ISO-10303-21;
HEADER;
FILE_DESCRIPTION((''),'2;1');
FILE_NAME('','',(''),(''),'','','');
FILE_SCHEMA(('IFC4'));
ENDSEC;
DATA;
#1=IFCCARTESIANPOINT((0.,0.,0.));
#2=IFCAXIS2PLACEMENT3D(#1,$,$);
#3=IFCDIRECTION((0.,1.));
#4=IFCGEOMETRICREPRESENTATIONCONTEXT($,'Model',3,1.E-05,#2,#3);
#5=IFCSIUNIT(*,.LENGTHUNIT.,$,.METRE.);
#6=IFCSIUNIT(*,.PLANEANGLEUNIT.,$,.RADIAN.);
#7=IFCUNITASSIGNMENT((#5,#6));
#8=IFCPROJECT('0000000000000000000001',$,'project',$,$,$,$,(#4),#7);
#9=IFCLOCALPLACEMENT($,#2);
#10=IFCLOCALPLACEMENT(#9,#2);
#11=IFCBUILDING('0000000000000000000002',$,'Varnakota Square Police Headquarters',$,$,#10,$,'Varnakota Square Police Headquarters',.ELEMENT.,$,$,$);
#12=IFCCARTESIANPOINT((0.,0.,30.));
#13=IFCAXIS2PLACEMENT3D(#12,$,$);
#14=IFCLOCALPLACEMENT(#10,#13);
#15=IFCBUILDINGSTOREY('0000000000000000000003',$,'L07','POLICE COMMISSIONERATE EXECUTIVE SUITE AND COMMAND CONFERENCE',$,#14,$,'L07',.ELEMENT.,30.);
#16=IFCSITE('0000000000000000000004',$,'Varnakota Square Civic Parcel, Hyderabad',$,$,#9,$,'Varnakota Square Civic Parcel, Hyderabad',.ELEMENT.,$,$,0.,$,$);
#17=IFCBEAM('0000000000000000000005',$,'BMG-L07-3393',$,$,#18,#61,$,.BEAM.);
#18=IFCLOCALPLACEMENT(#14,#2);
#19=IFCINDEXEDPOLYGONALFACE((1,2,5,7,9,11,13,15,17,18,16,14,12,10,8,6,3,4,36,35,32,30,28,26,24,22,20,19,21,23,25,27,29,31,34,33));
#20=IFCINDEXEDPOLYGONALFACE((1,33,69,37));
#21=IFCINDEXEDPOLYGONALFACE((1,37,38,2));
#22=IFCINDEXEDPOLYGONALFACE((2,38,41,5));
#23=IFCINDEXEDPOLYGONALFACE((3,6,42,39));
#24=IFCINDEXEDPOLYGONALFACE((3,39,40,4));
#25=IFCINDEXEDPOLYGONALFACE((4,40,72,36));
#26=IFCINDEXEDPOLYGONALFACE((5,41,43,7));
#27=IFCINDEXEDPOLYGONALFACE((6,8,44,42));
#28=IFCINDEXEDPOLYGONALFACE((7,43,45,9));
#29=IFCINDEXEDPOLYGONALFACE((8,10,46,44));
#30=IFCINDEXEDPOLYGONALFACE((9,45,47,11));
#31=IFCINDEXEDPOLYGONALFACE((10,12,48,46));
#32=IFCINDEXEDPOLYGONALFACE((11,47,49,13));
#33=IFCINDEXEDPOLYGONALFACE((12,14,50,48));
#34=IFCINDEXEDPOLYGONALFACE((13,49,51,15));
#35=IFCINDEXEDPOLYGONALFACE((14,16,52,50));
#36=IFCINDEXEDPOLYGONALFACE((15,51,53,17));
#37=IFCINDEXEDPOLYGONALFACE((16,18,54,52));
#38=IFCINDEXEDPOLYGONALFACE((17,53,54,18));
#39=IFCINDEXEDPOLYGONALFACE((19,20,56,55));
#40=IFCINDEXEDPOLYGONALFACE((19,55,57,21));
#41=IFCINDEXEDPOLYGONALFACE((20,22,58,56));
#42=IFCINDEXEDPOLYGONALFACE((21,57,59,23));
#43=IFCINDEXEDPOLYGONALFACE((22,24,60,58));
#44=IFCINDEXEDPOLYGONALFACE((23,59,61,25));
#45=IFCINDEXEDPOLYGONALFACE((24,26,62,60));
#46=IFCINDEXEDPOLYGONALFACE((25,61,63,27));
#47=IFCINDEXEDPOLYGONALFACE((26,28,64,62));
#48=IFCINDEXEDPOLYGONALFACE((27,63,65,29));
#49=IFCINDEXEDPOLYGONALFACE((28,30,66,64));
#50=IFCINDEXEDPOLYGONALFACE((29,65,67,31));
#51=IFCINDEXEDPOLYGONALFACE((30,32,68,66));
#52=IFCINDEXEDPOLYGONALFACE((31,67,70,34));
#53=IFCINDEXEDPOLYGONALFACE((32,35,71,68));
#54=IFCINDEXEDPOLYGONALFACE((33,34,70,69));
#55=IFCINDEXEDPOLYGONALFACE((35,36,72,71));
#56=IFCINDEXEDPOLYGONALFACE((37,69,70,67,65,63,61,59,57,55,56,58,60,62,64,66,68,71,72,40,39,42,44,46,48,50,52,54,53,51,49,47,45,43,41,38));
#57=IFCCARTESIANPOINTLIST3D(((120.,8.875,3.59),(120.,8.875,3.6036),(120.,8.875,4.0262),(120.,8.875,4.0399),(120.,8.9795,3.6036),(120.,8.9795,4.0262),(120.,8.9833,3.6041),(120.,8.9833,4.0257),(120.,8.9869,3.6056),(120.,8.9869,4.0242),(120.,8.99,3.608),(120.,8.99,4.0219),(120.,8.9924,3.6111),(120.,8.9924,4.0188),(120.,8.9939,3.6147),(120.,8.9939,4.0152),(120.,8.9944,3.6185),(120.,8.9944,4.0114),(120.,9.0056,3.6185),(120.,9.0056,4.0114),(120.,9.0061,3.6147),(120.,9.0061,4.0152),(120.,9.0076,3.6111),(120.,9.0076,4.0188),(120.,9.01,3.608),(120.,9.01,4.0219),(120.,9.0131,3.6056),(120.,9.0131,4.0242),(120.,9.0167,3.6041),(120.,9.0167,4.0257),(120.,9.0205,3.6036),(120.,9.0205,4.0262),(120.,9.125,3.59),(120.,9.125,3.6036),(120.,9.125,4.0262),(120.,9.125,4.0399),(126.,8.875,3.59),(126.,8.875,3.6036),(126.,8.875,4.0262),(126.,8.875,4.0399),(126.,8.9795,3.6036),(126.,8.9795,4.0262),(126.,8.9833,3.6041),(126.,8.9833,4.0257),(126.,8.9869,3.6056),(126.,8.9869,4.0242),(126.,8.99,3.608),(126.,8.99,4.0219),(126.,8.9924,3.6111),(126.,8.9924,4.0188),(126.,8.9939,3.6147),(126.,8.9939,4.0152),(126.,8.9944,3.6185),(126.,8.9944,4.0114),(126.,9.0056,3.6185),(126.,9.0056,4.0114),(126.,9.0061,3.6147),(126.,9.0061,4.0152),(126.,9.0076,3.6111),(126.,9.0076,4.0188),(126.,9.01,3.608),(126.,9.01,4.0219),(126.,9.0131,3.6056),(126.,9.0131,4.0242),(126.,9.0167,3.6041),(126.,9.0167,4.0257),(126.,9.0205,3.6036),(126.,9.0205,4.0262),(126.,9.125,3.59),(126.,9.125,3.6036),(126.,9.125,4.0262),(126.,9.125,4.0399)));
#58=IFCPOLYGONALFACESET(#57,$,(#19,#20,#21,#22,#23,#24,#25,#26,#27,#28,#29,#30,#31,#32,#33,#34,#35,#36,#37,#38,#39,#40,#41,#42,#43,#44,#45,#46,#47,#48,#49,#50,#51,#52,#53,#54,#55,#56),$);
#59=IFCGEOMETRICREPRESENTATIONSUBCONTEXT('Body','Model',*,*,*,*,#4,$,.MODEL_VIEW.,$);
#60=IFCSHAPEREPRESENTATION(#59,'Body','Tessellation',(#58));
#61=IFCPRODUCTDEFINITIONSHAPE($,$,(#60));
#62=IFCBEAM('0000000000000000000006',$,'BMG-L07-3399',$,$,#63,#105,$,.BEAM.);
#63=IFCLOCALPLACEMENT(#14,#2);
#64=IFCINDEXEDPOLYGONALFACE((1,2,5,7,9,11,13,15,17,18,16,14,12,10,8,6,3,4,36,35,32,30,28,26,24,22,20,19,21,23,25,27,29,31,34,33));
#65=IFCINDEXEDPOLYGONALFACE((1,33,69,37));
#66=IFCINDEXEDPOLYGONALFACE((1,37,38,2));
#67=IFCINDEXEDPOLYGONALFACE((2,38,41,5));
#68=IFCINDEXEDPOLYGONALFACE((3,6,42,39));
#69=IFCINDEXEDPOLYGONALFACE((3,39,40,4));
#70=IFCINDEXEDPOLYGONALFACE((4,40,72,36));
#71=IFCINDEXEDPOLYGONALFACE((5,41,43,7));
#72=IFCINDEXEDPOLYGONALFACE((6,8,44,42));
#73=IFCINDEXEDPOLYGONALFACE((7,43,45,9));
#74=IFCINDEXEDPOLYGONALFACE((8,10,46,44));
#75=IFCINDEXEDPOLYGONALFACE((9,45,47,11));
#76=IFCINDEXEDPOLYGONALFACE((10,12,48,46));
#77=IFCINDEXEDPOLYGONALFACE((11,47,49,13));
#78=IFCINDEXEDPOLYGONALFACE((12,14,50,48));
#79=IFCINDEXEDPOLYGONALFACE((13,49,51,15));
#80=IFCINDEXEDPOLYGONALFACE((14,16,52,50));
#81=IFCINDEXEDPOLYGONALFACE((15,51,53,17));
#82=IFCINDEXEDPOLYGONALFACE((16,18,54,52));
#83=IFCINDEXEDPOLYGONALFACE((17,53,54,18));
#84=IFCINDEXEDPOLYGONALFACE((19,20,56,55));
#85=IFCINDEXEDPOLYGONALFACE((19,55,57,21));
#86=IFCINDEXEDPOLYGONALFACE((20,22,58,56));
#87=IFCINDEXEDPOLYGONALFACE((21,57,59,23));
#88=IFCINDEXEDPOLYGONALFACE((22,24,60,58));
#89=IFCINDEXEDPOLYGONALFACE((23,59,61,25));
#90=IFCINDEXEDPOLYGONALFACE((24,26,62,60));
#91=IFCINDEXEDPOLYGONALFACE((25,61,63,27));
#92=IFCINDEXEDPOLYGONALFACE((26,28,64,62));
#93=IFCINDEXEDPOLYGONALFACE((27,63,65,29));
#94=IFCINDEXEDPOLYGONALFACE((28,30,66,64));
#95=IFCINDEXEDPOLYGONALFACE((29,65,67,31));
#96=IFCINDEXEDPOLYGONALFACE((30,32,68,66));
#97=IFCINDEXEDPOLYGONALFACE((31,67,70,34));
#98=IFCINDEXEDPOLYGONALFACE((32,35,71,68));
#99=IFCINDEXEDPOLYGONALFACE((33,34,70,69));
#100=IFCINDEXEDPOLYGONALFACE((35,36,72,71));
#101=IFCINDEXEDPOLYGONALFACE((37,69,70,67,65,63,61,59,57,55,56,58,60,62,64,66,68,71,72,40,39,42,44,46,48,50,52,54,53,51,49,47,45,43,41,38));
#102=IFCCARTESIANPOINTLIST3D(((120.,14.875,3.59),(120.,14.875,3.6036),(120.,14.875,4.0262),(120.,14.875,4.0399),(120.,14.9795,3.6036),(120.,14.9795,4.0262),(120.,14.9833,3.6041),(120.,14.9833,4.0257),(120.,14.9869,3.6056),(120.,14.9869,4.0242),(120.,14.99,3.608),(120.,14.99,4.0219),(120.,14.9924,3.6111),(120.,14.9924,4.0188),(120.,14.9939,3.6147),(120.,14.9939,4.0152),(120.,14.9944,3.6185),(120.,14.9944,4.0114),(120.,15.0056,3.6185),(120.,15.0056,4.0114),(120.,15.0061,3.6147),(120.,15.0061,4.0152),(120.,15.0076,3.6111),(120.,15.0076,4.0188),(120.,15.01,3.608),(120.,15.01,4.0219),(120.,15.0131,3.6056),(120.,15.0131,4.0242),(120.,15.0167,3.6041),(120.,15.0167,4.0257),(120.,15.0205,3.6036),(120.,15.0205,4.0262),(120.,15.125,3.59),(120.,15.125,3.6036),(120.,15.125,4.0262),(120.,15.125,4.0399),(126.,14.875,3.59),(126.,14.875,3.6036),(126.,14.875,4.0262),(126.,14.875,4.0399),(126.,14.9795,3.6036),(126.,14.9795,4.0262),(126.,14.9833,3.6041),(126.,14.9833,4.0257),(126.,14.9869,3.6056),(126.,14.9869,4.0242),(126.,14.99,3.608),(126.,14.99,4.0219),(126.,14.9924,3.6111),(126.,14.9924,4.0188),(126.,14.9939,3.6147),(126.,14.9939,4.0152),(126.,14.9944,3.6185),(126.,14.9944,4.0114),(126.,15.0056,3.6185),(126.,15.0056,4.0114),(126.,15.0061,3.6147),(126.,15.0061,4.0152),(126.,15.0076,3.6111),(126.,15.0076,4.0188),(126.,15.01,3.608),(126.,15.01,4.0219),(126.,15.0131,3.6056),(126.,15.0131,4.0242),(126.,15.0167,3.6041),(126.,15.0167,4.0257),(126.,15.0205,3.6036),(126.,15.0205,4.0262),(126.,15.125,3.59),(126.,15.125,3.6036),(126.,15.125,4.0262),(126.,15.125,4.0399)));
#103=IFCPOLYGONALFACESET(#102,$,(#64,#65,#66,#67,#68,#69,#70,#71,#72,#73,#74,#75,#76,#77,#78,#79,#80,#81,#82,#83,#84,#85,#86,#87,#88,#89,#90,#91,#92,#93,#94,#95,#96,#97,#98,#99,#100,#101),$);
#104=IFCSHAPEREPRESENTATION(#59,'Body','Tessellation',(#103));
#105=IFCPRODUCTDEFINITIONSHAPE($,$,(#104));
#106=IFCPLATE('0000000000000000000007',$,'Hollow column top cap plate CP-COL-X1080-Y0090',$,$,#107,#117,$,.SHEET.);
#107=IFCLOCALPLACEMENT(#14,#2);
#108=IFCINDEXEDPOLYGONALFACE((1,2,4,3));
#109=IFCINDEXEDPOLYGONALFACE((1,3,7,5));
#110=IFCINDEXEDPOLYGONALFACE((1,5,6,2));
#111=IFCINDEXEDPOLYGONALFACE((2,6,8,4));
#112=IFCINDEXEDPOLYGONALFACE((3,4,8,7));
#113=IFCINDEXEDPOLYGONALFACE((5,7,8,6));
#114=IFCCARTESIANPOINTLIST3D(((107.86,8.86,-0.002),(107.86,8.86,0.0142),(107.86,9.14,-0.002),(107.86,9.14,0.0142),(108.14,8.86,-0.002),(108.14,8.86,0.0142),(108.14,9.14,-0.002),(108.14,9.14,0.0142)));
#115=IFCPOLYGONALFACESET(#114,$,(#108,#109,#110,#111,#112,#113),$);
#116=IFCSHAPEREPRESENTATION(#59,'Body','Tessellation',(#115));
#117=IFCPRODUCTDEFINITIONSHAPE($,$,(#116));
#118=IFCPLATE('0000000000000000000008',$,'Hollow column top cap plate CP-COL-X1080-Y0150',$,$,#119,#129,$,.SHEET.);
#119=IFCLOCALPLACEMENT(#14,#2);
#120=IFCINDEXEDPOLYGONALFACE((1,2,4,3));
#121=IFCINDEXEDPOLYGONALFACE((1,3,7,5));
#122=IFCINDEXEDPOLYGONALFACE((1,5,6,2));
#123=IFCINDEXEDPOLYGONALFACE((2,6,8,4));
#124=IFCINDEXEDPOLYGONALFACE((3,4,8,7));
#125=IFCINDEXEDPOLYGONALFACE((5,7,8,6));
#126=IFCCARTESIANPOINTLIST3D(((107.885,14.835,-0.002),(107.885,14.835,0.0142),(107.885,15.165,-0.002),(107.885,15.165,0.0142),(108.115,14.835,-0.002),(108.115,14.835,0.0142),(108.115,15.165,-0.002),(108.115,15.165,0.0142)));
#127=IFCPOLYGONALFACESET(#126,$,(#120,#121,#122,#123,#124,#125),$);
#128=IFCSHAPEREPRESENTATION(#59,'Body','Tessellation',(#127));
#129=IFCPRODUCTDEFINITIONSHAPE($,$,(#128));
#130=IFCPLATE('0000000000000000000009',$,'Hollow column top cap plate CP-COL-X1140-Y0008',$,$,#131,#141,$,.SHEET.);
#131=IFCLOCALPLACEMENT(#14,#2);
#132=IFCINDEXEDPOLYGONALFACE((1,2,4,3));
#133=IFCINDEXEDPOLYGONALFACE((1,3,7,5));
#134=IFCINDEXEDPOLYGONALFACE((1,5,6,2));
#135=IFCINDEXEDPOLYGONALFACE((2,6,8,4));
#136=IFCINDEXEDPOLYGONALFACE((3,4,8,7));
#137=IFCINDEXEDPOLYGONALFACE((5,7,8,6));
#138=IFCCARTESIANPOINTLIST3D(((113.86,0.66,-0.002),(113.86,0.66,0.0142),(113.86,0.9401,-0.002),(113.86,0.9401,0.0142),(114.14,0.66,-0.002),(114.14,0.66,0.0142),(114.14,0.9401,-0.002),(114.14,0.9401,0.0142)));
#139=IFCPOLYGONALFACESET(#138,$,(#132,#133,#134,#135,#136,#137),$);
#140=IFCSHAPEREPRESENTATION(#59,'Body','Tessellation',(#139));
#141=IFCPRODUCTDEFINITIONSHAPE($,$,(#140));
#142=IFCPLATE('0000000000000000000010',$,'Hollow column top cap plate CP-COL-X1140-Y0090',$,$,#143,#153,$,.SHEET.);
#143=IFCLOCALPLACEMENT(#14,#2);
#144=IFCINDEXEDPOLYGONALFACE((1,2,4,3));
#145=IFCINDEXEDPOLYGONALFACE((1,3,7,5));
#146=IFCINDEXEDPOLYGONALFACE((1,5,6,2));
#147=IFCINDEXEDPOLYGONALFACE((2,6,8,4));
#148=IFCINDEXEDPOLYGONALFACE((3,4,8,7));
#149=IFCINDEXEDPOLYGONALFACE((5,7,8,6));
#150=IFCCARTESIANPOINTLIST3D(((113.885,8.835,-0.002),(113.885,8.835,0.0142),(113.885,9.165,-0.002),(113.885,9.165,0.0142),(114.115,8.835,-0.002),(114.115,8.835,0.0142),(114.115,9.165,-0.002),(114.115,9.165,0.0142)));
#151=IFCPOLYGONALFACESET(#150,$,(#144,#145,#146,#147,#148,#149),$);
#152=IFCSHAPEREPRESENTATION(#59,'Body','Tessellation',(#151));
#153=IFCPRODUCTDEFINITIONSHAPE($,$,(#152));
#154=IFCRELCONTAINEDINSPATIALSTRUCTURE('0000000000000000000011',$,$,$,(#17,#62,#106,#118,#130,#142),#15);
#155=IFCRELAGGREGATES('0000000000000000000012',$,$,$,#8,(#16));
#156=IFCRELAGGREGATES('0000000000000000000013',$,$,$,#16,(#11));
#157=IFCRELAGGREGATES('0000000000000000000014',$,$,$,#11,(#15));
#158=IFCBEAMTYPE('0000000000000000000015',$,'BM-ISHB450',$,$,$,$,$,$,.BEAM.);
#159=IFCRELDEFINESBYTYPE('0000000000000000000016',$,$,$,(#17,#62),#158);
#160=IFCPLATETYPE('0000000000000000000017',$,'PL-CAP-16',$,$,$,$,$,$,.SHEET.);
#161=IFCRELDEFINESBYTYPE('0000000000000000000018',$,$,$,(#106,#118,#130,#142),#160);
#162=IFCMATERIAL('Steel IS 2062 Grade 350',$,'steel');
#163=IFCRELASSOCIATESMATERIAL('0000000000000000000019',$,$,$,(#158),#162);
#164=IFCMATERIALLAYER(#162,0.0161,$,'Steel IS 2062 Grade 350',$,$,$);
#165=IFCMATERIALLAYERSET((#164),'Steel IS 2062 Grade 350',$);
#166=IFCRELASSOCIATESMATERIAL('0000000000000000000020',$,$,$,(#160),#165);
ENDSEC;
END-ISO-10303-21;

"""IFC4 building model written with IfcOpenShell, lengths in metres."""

from ifc_helpers import new_model, si_unit, direction, frame, origin, origin_2d, place, context, subcontext, project, spatial, rectangle, i_section, extrude, material, layer, layer_set, material_profile, profile_set, type_object, element, save


model = new_model("IFC4")

# Units and contexts
model_context = context("Model", 3, precision=1e-05, world=origin(), true_north=direction((0.0, 1.0)))
body_context = subcontext(model_context, "Body", "Model", "MODEL_VIEW")
ifc_project = project(units=[si_unit("LENGTHUNIT", "METRE"), si_unit("PLANEANGLEUNIT", "RADIAN")], contexts=[model_context])

# Site, building, storey
site_placement = place(None, origin())
site = spatial("IfcSite", under=ifc_project, at=site_placement, Name="Varnakota Square Civic Parcel, Hyderabad", LongName="Varnakota Square Civic Parcel, Hyderabad", CompositionType="ELEMENT", RefElevation=0.0)
building_placement = place(site_placement, origin())
building = spatial("IfcBuilding", under=site, at=building_placement, Name="Varnakota Square Police Headquarters", LongName="Varnakota Square Police Headquarters", CompositionType="ELEMENT")
storey_placement = place(building_placement, frame((0.0, 0.0, 30.0)))
storey = spatial("IfcBuildingStorey", under=building, at=storey_placement, Name="L07", Description="POLICE COMMISSIONERATE EXECUTIVE SUITE AND COMMAND CONFERENCE", LongName="L07", CompositionType="ELEMENT", Elevation=30.0)

# Shared definitions
ifc_material_1 = material(Name="Steel IS 2062 Grade 350", Category="steel")

# Beams
ifc_material_profile_1 = material_profile(ifc_material_1, i_section(OverallWidth=0.25, OverallDepth=0.45, WebThickness=0.0112, FlangeThickness=0.0137, FilletRadius=0.0149, at=origin_2d()), Name="ISHB 450")
ifc_profile_set_1 = profile_set([ifc_material_profile_1], Name="Steel IS 2062 Grade 350")
beam_type_1 = type_object("IfcBeamType", Name="BM-ISHB450", PredefinedType="BEAM", material=ifc_profile_set_1)
for number, where, z_axis, x_axis, name in (
    (1, (120.0, 9.0, 3.8149), (1.0, 0.0, 0.0), (0.0, 1.0, 0.0), "BMG-L07-3393"),
    (2, (120.0, 15.0, 3.8149), (1.0, 0.0, 0.0), (0.0, 1.0, 0.0), "BMG-L07-3399"),
):
    element("IfcBeam", number, at=place(storey_placement, frame(where, z_axis=z_axis, x_axis=x_axis)), inside=storey, type_object=beam_type_1, Name=name, PredefinedType="BEAM", context=body_context, shape_type="SweptSolid", body=[
        extrude(i_section(OverallWidth=0.25, OverallDepth=0.45, WebThickness=0.0112, FlangeThickness=0.0137, FilletRadius=0.0149, at=origin_2d()), origin(), (0.0, 0.0, 1.0), 6.0),
    ])

# Plates
ifc_layer_1 = layer(ifc_material_1, 0.0161, Name="Steel IS 2062 Grade 350")
ifc_layer_set_1 = layer_set([ifc_layer_1], Name="Steel IS 2062 Grade 350")
plate_type = type_object("IfcPlateType", Name="PL-CAP-16", PredefinedType="SHEET", material=ifc_layer_set_1)
plate_1_placement = place(storey_placement, frame((108.0, 9.0, -0.002), z_axis=(0.0, 0.0, 1.0), x_axis=(1.0, 0.0, 0.0)))
element("IfcPlate", 3, at=plate_1_placement, inside=storey, type_object=plate_type, Name="Hollow column top cap plate CP-COL-X1080-Y0090", PredefinedType="SHEET", context=body_context, shape_type="SweptSolid", body=[
    extrude(rectangle(XDim=0.28, YDim=0.28, at=origin_2d()), origin(), (0.0, 0.0, 1.0), 0.0161),
])
plate_2_placement = place(storey_placement, frame((108.0, 15.0, -0.002), z_axis=(0.0, 0.0, 1.0), x_axis=(1.0, 0.0, 0.0)))
element("IfcPlate", 4, at=plate_2_placement, inside=storey, type_object=plate_type, Name="Hollow column top cap plate CP-COL-X1080-Y0150", PredefinedType="SHEET", context=body_context, shape_type="SweptSolid", body=[
    extrude(rectangle(XDim=0.23, YDim=0.3301, at=origin_2d()), origin(), (0.0, 0.0, 1.0), 0.0161),
])
plate_3_placement = place(storey_placement, frame((114.0, 0.8, -0.002), z_axis=(0.0, 0.0, 1.0), x_axis=(1.0, 0.0, 0.0)))
element("IfcPlate", 5, at=plate_3_placement, inside=storey, type_object=plate_type, Name="Hollow column top cap plate CP-COL-X1140-Y0008", PredefinedType="SHEET", context=body_context, shape_type="SweptSolid", body=[
    extrude(rectangle(XDim=0.28, YDim=0.28, at=origin_2d()), origin(), (0.0, 0.0, 1.0), 0.0161),
])
plate_4_placement = place(storey_placement, frame((114.0, 9.0, -0.002), z_axis=(0.0, 0.0, 1.0), x_axis=(1.0, 0.0, 0.0)))
element("IfcPlate", 6, at=plate_4_placement, inside=storey, type_object=plate_type, Name="Hollow column top cap plate CP-COL-X1140-Y0090", PredefinedType="SHEET", context=body_context, shape_type="SweptSolid", body=[
    extrude(rectangle(XDim=0.23, YDim=0.3301, at=origin_2d()), origin(), (0.0, 0.0, 1.0), 0.0161),
])

save(model, "model.ifc")
